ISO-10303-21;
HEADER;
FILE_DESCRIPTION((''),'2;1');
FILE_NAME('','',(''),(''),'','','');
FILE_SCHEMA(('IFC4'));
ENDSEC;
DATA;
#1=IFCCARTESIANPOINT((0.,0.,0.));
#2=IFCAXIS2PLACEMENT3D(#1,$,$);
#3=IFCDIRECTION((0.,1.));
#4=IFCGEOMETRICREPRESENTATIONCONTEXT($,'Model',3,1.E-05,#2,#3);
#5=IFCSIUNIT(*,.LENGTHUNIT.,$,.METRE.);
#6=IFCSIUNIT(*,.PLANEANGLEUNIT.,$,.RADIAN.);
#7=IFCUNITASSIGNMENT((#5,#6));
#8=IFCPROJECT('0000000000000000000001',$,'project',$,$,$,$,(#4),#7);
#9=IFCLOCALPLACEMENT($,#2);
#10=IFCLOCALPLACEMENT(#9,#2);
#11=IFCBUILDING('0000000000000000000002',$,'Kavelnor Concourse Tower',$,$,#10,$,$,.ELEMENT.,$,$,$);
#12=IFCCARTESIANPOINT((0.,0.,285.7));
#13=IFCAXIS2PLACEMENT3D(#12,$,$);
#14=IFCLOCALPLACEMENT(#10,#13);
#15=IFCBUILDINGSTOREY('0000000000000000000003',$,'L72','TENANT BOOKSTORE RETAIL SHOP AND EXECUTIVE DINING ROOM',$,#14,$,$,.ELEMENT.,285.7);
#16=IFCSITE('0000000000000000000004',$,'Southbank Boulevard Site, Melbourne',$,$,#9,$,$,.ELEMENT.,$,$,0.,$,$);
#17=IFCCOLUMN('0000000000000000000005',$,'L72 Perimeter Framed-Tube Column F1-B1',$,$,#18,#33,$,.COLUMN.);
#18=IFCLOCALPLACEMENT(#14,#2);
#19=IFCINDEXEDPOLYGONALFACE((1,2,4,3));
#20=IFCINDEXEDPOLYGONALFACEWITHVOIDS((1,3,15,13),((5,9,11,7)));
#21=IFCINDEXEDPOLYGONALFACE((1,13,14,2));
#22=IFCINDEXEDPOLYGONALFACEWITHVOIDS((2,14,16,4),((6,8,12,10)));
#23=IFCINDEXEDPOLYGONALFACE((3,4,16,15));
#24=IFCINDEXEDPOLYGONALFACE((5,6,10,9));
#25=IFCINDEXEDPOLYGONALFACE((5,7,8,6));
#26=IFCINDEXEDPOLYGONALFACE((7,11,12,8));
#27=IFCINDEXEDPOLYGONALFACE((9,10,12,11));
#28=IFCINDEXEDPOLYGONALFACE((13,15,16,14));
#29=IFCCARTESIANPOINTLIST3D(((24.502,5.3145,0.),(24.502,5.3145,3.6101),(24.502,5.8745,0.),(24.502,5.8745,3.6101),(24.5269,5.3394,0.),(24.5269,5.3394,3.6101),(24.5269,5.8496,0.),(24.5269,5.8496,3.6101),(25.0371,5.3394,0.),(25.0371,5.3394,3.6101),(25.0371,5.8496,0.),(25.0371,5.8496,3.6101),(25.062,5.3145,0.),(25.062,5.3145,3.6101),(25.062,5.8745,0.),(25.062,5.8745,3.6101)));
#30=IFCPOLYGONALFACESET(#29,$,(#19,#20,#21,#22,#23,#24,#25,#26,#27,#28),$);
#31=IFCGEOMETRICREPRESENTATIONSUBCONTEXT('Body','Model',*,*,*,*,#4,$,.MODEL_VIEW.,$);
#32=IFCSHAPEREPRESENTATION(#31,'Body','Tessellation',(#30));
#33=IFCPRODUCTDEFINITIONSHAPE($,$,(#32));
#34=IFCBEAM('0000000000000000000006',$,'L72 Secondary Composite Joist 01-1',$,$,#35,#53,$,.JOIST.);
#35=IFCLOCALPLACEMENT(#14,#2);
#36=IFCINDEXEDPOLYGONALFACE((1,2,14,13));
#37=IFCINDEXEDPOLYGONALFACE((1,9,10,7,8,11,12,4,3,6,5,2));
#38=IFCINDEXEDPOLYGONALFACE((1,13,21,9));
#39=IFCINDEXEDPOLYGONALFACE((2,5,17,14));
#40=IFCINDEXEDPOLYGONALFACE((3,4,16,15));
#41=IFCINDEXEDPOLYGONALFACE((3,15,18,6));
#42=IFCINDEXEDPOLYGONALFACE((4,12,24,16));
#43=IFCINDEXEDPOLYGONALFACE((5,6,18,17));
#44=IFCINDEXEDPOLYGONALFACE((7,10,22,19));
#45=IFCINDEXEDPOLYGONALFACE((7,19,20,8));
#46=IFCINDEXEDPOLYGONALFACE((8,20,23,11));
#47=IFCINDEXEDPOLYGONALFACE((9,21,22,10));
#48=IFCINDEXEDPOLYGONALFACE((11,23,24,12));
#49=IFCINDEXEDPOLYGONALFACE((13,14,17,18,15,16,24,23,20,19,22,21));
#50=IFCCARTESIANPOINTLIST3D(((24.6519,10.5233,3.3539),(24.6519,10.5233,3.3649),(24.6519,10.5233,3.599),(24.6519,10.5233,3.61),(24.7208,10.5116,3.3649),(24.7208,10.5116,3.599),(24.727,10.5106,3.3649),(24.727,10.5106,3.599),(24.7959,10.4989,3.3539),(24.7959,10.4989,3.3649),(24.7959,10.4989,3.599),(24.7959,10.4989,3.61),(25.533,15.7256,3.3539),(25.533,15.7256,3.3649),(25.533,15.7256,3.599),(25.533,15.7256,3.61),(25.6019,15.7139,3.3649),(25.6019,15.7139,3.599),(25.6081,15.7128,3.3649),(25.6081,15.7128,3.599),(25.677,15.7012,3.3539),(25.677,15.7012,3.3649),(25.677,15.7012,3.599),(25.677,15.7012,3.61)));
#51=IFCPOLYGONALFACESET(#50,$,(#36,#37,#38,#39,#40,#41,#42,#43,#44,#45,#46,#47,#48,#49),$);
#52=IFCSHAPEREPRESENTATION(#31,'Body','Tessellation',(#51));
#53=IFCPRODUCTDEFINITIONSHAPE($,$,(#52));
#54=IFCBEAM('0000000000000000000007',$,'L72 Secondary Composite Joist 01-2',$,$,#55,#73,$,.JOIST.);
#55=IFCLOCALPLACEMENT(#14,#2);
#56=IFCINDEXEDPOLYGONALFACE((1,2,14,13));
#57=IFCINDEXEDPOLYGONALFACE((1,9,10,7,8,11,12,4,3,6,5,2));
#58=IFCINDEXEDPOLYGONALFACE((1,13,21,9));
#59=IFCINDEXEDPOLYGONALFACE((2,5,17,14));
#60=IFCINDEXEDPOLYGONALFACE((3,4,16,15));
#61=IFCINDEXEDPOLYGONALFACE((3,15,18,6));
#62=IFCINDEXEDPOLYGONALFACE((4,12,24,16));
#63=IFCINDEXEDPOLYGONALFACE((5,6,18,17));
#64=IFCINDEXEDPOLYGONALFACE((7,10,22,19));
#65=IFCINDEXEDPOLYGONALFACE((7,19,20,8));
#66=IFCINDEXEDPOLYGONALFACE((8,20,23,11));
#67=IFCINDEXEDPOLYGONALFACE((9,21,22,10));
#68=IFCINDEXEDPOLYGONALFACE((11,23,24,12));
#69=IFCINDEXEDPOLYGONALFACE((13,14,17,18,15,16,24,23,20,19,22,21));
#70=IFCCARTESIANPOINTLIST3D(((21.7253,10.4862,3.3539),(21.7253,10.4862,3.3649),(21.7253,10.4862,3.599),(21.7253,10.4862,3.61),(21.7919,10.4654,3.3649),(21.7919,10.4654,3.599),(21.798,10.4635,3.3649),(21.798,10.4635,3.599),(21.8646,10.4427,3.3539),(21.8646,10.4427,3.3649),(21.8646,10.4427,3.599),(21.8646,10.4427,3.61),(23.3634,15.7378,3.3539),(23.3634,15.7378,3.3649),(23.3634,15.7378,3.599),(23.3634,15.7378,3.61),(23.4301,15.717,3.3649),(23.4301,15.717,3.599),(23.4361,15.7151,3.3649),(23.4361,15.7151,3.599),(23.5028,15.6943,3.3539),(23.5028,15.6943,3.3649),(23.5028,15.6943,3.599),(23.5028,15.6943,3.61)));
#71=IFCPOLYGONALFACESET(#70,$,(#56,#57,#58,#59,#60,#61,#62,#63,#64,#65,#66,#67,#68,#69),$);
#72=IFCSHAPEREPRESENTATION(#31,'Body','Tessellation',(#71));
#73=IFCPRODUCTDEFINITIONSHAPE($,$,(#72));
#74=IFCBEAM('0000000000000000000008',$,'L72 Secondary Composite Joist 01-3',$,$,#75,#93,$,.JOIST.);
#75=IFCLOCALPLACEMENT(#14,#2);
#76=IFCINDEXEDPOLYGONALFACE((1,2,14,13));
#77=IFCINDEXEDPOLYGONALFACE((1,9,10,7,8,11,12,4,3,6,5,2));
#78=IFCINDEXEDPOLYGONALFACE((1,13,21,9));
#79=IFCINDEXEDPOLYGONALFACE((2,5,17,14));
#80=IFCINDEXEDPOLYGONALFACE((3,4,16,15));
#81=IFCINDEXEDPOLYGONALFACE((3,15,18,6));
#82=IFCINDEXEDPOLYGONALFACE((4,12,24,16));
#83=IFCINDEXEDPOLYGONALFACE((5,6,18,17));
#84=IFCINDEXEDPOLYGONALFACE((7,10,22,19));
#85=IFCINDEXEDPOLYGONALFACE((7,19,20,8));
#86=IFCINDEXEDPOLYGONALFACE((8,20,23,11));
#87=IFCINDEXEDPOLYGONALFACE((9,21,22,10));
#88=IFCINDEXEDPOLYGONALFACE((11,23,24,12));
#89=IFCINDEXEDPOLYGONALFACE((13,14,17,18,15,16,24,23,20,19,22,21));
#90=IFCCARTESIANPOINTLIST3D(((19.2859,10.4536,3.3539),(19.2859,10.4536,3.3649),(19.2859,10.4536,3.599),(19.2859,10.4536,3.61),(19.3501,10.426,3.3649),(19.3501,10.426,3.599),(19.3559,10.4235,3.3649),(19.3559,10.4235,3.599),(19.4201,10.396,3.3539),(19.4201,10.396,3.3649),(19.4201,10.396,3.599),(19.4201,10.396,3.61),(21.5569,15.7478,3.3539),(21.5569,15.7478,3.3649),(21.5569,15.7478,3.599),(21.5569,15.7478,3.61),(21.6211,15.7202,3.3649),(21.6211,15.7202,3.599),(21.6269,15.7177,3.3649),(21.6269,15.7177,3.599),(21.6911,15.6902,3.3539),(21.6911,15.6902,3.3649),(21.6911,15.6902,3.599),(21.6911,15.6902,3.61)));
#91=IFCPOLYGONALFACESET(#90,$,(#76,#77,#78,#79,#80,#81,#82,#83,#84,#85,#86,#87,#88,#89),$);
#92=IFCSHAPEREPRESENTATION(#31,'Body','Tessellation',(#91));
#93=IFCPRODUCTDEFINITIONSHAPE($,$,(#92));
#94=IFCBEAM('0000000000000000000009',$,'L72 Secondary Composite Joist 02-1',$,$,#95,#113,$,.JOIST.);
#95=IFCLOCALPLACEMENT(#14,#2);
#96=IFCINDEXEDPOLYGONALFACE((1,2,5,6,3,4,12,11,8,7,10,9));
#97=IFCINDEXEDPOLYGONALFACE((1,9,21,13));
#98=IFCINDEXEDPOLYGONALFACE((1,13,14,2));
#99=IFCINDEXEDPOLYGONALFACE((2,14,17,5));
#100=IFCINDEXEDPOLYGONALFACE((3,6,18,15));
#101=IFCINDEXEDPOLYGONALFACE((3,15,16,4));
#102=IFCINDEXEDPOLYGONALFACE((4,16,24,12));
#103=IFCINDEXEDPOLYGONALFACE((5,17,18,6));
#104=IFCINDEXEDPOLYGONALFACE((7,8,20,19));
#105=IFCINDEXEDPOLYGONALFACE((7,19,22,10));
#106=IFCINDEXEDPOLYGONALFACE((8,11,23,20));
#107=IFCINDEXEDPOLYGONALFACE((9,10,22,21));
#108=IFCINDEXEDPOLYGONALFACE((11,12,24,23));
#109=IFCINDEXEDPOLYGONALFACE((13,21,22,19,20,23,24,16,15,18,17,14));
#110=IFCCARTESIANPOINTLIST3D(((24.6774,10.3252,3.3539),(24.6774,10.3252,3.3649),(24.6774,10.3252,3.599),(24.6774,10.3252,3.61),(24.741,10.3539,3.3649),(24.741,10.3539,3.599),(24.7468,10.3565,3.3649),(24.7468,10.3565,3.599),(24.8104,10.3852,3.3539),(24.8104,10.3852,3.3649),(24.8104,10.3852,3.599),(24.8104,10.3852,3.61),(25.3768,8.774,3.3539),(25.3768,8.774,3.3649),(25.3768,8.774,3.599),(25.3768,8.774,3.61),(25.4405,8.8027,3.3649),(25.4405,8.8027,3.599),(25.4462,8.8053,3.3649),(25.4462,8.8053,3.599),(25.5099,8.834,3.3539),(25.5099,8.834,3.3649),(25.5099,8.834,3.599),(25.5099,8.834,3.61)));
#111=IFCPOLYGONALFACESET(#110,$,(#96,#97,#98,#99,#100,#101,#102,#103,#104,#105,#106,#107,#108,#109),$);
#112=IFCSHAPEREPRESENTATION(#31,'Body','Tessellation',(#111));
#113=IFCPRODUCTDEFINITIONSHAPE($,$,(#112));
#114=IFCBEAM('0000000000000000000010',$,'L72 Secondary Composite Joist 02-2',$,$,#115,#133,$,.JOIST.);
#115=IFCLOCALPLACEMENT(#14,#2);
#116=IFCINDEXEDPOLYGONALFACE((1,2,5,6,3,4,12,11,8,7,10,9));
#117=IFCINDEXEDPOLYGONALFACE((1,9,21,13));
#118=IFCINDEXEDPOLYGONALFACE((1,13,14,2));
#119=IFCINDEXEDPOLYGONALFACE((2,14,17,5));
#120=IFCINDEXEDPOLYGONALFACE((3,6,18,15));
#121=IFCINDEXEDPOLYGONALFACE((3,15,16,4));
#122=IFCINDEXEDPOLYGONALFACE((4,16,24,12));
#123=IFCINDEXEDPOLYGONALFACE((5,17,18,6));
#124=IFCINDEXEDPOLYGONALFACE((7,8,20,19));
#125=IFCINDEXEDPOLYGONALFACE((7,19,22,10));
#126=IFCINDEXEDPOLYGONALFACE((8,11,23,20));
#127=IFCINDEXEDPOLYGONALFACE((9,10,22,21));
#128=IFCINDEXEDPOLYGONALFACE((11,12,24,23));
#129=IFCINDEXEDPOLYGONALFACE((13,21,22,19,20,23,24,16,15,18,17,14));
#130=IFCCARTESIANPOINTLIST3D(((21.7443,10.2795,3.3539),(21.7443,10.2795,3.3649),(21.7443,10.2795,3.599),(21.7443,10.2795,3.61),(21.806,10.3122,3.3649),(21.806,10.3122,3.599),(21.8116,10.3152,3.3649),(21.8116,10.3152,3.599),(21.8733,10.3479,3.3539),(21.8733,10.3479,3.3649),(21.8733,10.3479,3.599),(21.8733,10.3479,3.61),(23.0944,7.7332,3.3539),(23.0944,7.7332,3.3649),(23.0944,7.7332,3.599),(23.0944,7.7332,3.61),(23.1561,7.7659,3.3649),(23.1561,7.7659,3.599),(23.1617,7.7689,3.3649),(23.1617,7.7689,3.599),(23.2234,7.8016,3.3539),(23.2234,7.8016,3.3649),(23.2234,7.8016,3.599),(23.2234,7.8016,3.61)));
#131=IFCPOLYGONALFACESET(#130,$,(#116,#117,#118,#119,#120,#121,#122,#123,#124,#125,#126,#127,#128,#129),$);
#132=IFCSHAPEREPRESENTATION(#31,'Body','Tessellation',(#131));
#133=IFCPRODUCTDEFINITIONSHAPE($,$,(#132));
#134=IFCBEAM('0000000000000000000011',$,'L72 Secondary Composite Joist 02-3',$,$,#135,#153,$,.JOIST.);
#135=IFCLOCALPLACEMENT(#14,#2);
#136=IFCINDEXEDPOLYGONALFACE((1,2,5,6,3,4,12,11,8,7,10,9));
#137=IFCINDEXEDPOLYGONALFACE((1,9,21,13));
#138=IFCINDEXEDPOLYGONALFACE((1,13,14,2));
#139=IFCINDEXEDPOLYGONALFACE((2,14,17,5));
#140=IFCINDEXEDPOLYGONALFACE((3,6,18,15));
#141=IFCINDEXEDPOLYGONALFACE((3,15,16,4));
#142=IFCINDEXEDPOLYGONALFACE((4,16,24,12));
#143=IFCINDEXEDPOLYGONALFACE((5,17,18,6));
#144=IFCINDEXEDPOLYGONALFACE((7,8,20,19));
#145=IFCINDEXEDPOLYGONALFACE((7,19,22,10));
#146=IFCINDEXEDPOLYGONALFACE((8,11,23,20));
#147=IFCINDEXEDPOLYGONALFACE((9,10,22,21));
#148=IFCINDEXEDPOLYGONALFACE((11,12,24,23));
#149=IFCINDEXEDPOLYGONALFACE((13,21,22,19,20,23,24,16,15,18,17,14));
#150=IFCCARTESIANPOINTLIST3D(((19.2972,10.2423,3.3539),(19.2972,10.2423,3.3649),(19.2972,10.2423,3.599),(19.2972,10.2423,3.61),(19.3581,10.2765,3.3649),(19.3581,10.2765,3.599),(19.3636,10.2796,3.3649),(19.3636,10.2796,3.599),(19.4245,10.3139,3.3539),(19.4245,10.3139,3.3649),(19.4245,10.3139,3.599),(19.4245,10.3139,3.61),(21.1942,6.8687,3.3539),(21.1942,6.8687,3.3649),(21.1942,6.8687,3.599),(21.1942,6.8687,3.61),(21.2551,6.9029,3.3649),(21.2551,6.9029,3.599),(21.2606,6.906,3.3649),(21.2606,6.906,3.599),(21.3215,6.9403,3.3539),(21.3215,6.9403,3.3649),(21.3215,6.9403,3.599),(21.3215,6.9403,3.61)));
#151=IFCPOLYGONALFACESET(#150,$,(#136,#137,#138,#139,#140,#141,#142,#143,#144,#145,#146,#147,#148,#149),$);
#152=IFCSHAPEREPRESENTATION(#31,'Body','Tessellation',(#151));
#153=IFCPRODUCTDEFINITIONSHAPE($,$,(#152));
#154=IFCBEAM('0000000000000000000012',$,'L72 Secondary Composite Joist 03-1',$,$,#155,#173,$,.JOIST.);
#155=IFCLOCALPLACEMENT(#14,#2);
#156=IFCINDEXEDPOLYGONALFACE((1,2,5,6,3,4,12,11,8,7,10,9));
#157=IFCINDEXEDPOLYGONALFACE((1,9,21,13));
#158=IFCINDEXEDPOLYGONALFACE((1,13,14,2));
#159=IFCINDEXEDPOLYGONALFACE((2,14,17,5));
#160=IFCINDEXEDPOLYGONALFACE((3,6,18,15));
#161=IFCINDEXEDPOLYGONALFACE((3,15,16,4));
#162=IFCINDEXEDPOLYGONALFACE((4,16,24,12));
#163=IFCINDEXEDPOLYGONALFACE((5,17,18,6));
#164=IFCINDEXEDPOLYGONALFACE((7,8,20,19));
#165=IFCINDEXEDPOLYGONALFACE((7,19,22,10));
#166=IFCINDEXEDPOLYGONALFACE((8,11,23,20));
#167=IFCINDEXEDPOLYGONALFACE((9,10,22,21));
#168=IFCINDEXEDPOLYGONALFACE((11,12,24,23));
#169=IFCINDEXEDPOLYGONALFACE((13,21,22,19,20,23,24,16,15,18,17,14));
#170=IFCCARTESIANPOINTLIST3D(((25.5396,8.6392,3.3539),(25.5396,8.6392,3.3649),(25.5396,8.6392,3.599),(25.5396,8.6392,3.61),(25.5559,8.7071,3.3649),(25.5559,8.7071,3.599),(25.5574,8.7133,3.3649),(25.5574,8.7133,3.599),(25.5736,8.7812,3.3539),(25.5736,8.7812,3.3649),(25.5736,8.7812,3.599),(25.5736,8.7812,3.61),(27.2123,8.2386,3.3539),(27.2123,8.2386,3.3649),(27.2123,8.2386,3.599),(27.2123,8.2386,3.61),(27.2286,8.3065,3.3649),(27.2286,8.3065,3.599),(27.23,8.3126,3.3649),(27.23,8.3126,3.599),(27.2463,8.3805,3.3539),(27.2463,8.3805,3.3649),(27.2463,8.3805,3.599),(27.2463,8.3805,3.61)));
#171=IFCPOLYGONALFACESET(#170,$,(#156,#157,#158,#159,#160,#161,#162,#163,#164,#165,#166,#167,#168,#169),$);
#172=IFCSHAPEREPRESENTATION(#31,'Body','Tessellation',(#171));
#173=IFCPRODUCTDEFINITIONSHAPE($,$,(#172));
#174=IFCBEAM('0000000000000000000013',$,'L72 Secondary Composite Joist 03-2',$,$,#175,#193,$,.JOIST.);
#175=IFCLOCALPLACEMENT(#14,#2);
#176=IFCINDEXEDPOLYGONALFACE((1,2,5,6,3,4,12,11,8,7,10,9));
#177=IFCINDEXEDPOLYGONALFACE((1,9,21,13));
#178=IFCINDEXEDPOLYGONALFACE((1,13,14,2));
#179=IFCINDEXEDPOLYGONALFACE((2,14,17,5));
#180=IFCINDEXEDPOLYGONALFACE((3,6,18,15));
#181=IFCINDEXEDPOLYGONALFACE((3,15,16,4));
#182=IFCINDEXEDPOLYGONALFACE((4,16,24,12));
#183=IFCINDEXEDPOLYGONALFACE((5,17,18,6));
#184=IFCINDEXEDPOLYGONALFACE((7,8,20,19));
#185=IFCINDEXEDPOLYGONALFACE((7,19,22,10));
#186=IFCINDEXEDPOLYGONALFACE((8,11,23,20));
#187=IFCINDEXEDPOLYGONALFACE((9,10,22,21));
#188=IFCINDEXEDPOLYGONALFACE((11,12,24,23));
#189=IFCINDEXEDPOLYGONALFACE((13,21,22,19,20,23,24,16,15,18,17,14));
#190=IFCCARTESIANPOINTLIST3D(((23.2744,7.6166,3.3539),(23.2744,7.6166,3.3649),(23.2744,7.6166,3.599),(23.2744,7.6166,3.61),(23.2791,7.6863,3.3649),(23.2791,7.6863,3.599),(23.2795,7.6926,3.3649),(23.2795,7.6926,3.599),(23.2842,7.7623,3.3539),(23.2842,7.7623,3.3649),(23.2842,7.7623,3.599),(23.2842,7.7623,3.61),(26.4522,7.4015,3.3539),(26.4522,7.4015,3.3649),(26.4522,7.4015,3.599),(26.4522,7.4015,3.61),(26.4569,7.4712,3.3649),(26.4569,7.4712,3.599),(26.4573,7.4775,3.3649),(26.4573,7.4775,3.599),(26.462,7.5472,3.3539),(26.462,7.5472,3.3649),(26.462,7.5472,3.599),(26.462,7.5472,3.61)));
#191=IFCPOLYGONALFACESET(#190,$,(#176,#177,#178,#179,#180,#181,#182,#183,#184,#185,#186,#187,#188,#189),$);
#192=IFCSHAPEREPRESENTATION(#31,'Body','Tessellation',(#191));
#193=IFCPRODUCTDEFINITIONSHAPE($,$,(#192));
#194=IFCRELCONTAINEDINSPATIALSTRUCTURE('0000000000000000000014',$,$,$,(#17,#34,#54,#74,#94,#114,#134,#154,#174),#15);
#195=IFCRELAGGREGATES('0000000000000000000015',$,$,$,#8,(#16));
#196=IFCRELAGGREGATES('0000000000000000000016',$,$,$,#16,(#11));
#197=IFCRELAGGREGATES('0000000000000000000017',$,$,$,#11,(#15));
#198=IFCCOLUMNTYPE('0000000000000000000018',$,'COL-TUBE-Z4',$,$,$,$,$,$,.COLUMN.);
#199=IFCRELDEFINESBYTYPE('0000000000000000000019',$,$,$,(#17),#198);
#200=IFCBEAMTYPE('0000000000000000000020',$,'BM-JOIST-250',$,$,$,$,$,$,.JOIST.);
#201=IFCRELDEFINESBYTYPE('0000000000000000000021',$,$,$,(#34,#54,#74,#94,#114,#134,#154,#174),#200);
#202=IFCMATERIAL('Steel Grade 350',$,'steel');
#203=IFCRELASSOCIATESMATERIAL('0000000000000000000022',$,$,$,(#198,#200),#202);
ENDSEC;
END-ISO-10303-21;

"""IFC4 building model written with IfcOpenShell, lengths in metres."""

from ifc_helpers import new_model, si_unit, direction, frame, origin, origin_2d, place, context, subcontext, project, spatial, hollow_rectangle, i_section, extrude, material, material_profile, profile_set, type_object, element, save


model = new_model("IFC4")

# Units and contexts
model_context = context("Model", 3, precision=1e-05, world=origin(), true_north=direction((0.0, 1.0)))
body_context = subcontext(model_context, "Body", "Model", "MODEL_VIEW")
ifc_project = project(units=[si_unit("LENGTHUNIT", "METRE"), si_unit("PLANEANGLEUNIT", "RADIAN")], contexts=[model_context])

# Site, building, storey
site_placement = place(None, origin())
site = spatial("IfcSite", under=ifc_project, at=site_placement, Name="Southbank Boulevard Site, Melbourne", CompositionType="ELEMENT", RefElevation=0.0)
building_placement = place(site_placement, origin())
building = spatial("IfcBuilding", under=site, at=building_placement, Name="Kavelnor Concourse Tower", CompositionType="ELEMENT")
storey_placement = place(building_placement, frame((0.0, 0.0, 285.7)))
storey = spatial("IfcBuildingStorey", under=building, at=storey_placement, Name="L72", Description="TENANT BOOKSTORE RETAIL SHOP AND EXECUTIVE DINING ROOM", CompositionType="ELEMENT", Elevation=285.7)

# Column
ifc_material_1 = material(Name="Steel Grade 350", Category="steel")
ifc_material_profile_1 = material_profile(ifc_material_1, hollow_rectangle(XDim=0.5601, YDim=0.5601, WallThickness=0.0249, at=origin_2d()), Name="SHS 560x560x25")
ifc_profile_set_1 = profile_set([ifc_material_profile_1], Name="Steel Grade 350")
column_type = type_object("IfcColumnType", Name="COL-TUBE-Z4", PredefinedType="COLUMN", material=ifc_profile_set_1)
column_placement = place(storey_placement, frame((24.782, 5.5945, 0.0), z_axis=(0.0, 0.0, 1.0), x_axis=(1.0, 0.0, 0.0)))
element("IfcColumn", 1, at=column_placement, inside=storey, type_object=column_type, Name="L72 Perimeter Framed-Tube Column F1-B1", PredefinedType="COLUMN", context=body_context, shape_type="SweptSolid", body=[
    extrude(hollow_rectangle(XDim=0.5601, YDim=0.5601, WallThickness=0.0249, at=origin_2d()), origin(), (0.0, 0.0, 1.0), 3.6101),
])

# Beams
ifc_material_profile_2 = material_profile(ifc_material_1, i_section(OverallWidth=0.146, OverallDepth=0.2561, WebThickness=0.0063, FlangeThickness=0.011, at=origin_2d()), Name="250UB37")
ifc_profile_set_2 = profile_set([ifc_material_profile_2], Name="Steel Grade 350")
beam_type_1 = type_object("IfcBeamType", Name="BM-JOIST-250", PredefinedType="JOIST", material=ifc_profile_set_2)
beam_1_placement = place(storey_placement, frame((25.605, 15.7134, 3.4819), z_axis=(-0.166987, -0.985959, 0.0), x_axis=(0.985959, -0.166987, 0.0)))
element("IfcBeam", 2, at=beam_1_placement, inside=storey, type_object=beam_type_1, Name="L72 Secondary Composite Joist 01-1", PredefinedType="JOIST", context=body_context, shape_type="SweptSolid", body=[
    extrude(i_section(OverallWidth=0.146, OverallDepth=0.2561, WebThickness=0.0063, FlangeThickness=0.011, at=origin_2d()), origin(), (0.0, 0.0, 1.0), 5.2764),
])
beam_2_placement = place(storey_placement, frame((23.4331, 15.7161, 3.4819), z_axis=(-0.297782, -0.954634, 0.0), x_axis=(0.954634, -0.297782, 0.0)))
element("IfcBeam", 3, at=beam_2_placement, inside=storey, type_object=beam_type_1, Name="L72 Secondary Composite Joist 01-2", PredefinedType="JOIST", context=body_context, shape_type="SweptSolid", body=[
    extrude(i_section(OverallWidth=0.146, OverallDepth=0.2561, WebThickness=0.0063, FlangeThickness=0.011, at=origin_2d()), origin(), (0.0, 0.0, 1.0), 5.5012),
])
beam_3_placement = place(storey_placement, frame((21.624, 15.719, 3.4819), z_axis=(-0.394221, -0.919016, 0.0), x_axis=(0.919016, -0.394221, 0.0)))
element("IfcBeam", 4, at=beam_3_placement, inside=storey, type_object=beam_type_1, Name="L72 Secondary Composite Joist 01-3", PredefinedType="JOIST", context=body_context, shape_type="SweptSolid", body=[
    extrude(i_section(OverallWidth=0.146, OverallDepth=0.2561, WebThickness=0.0063, FlangeThickness=0.011, at=origin_2d()), origin(), (0.0, 0.0, 1.0), 5.7607),
])
beam_4_placement = place(storey_placement, frame((24.7439, 10.3552, 3.4819), z_axis=(0.411045, -0.911615, 0.0), x_axis=(0.911615, 0.411045, 0.0)))
element("IfcBeam", 5, at=beam_4_placement, inside=storey, type_object=beam_type_1, Name="L72 Secondary Composite Joist 02-1", PredefinedType="JOIST", context=body_context, shape_type="SweptSolid", body=[
    extrude(i_section(OverallWidth=0.146, OverallDepth=0.2561, WebThickness=0.0063, FlangeThickness=0.011, at=origin_2d()), origin(), (0.0, 0.0, 1.0), 1.7017),
])
beam_5_placement = place(storey_placement, frame((21.8088, 10.3137, 3.4819), z_axis=(0.468433, -0.883499, 0.0), x_axis=(0.883499, 0.468433, 0.0)))
element("IfcBeam", 6, at=beam_5_placement, inside=storey, type_object=beam_type_1, Name="L72 Secondary Composite Joist 02-2", PredefinedType="JOIST", context=body_context, shape_type="SweptSolid", body=[
    extrude(i_section(OverallWidth=0.146, OverallDepth=0.2561, WebThickness=0.0063, FlangeThickness=0.011, at=origin_2d()), origin(), (0.0, 0.0, 1.0), 2.8821),
])
beam_6_placement = place(storey_placement, frame((19.3608, 10.2781, 3.4819), z_axis=(0.490135, -0.871646, 0.0), x_axis=(0.871646, 0.490135, 0.0)))
element("IfcBeam", 7, at=beam_6_placement, inside=storey, type_object=beam_type_1, Name="L72 Secondary Composite Joist 02-3", PredefinedType="JOIST", context=body_context, shape_type="SweptSolid", body=[
    extrude(i_section(OverallWidth=0.146, OverallDepth=0.2561, WebThickness=0.0063, FlangeThickness=0.011, at=origin_2d()), origin(), (0.0, 0.0, 1.0), 3.8704),
])
beam_7_placement = place(storey_placement, frame((25.5566, 8.7102, 3.4819), z_axis=(0.972492, -0.232938, 0.0), x_axis=(0.232938, 0.972492, 0.0)))
element("IfcBeam", 8, at=beam_7_placement, inside=storey, type_object=beam_type_1, Name="L72 Secondary Composite Joist 03-1", PredefinedType="JOIST", context=body_context, shape_type="SweptSolid", body=[
    extrude(i_section(OverallWidth=0.146, OverallDepth=0.2561, WebThickness=0.0063, FlangeThickness=0.011, at=origin_2d()), origin(), (0.0, 0.0, 1.0), 1.72),
])
beam_8_placement = place(storey_placement, frame((23.2793, 7.6895, 3.4819), z_axis=(0.997717, -0.067531, 0.0), x_axis=(0.067531, 0.997717, 0.0)))
element("IfcBeam", 9, at=beam_8_placement, inside=storey, type_object=beam_type_1, Name="L72 Secondary Composite Joist 03-2", PredefinedType="JOIST", context=body_context, shape_type="SweptSolid", body=[
    extrude(i_section(OverallWidth=0.146, OverallDepth=0.2561, WebThickness=0.0063, FlangeThickness=0.011, at=origin_2d()), origin(), (0.0, 0.0, 1.0), 3.1851),
])

save(model, "model.ifc")
